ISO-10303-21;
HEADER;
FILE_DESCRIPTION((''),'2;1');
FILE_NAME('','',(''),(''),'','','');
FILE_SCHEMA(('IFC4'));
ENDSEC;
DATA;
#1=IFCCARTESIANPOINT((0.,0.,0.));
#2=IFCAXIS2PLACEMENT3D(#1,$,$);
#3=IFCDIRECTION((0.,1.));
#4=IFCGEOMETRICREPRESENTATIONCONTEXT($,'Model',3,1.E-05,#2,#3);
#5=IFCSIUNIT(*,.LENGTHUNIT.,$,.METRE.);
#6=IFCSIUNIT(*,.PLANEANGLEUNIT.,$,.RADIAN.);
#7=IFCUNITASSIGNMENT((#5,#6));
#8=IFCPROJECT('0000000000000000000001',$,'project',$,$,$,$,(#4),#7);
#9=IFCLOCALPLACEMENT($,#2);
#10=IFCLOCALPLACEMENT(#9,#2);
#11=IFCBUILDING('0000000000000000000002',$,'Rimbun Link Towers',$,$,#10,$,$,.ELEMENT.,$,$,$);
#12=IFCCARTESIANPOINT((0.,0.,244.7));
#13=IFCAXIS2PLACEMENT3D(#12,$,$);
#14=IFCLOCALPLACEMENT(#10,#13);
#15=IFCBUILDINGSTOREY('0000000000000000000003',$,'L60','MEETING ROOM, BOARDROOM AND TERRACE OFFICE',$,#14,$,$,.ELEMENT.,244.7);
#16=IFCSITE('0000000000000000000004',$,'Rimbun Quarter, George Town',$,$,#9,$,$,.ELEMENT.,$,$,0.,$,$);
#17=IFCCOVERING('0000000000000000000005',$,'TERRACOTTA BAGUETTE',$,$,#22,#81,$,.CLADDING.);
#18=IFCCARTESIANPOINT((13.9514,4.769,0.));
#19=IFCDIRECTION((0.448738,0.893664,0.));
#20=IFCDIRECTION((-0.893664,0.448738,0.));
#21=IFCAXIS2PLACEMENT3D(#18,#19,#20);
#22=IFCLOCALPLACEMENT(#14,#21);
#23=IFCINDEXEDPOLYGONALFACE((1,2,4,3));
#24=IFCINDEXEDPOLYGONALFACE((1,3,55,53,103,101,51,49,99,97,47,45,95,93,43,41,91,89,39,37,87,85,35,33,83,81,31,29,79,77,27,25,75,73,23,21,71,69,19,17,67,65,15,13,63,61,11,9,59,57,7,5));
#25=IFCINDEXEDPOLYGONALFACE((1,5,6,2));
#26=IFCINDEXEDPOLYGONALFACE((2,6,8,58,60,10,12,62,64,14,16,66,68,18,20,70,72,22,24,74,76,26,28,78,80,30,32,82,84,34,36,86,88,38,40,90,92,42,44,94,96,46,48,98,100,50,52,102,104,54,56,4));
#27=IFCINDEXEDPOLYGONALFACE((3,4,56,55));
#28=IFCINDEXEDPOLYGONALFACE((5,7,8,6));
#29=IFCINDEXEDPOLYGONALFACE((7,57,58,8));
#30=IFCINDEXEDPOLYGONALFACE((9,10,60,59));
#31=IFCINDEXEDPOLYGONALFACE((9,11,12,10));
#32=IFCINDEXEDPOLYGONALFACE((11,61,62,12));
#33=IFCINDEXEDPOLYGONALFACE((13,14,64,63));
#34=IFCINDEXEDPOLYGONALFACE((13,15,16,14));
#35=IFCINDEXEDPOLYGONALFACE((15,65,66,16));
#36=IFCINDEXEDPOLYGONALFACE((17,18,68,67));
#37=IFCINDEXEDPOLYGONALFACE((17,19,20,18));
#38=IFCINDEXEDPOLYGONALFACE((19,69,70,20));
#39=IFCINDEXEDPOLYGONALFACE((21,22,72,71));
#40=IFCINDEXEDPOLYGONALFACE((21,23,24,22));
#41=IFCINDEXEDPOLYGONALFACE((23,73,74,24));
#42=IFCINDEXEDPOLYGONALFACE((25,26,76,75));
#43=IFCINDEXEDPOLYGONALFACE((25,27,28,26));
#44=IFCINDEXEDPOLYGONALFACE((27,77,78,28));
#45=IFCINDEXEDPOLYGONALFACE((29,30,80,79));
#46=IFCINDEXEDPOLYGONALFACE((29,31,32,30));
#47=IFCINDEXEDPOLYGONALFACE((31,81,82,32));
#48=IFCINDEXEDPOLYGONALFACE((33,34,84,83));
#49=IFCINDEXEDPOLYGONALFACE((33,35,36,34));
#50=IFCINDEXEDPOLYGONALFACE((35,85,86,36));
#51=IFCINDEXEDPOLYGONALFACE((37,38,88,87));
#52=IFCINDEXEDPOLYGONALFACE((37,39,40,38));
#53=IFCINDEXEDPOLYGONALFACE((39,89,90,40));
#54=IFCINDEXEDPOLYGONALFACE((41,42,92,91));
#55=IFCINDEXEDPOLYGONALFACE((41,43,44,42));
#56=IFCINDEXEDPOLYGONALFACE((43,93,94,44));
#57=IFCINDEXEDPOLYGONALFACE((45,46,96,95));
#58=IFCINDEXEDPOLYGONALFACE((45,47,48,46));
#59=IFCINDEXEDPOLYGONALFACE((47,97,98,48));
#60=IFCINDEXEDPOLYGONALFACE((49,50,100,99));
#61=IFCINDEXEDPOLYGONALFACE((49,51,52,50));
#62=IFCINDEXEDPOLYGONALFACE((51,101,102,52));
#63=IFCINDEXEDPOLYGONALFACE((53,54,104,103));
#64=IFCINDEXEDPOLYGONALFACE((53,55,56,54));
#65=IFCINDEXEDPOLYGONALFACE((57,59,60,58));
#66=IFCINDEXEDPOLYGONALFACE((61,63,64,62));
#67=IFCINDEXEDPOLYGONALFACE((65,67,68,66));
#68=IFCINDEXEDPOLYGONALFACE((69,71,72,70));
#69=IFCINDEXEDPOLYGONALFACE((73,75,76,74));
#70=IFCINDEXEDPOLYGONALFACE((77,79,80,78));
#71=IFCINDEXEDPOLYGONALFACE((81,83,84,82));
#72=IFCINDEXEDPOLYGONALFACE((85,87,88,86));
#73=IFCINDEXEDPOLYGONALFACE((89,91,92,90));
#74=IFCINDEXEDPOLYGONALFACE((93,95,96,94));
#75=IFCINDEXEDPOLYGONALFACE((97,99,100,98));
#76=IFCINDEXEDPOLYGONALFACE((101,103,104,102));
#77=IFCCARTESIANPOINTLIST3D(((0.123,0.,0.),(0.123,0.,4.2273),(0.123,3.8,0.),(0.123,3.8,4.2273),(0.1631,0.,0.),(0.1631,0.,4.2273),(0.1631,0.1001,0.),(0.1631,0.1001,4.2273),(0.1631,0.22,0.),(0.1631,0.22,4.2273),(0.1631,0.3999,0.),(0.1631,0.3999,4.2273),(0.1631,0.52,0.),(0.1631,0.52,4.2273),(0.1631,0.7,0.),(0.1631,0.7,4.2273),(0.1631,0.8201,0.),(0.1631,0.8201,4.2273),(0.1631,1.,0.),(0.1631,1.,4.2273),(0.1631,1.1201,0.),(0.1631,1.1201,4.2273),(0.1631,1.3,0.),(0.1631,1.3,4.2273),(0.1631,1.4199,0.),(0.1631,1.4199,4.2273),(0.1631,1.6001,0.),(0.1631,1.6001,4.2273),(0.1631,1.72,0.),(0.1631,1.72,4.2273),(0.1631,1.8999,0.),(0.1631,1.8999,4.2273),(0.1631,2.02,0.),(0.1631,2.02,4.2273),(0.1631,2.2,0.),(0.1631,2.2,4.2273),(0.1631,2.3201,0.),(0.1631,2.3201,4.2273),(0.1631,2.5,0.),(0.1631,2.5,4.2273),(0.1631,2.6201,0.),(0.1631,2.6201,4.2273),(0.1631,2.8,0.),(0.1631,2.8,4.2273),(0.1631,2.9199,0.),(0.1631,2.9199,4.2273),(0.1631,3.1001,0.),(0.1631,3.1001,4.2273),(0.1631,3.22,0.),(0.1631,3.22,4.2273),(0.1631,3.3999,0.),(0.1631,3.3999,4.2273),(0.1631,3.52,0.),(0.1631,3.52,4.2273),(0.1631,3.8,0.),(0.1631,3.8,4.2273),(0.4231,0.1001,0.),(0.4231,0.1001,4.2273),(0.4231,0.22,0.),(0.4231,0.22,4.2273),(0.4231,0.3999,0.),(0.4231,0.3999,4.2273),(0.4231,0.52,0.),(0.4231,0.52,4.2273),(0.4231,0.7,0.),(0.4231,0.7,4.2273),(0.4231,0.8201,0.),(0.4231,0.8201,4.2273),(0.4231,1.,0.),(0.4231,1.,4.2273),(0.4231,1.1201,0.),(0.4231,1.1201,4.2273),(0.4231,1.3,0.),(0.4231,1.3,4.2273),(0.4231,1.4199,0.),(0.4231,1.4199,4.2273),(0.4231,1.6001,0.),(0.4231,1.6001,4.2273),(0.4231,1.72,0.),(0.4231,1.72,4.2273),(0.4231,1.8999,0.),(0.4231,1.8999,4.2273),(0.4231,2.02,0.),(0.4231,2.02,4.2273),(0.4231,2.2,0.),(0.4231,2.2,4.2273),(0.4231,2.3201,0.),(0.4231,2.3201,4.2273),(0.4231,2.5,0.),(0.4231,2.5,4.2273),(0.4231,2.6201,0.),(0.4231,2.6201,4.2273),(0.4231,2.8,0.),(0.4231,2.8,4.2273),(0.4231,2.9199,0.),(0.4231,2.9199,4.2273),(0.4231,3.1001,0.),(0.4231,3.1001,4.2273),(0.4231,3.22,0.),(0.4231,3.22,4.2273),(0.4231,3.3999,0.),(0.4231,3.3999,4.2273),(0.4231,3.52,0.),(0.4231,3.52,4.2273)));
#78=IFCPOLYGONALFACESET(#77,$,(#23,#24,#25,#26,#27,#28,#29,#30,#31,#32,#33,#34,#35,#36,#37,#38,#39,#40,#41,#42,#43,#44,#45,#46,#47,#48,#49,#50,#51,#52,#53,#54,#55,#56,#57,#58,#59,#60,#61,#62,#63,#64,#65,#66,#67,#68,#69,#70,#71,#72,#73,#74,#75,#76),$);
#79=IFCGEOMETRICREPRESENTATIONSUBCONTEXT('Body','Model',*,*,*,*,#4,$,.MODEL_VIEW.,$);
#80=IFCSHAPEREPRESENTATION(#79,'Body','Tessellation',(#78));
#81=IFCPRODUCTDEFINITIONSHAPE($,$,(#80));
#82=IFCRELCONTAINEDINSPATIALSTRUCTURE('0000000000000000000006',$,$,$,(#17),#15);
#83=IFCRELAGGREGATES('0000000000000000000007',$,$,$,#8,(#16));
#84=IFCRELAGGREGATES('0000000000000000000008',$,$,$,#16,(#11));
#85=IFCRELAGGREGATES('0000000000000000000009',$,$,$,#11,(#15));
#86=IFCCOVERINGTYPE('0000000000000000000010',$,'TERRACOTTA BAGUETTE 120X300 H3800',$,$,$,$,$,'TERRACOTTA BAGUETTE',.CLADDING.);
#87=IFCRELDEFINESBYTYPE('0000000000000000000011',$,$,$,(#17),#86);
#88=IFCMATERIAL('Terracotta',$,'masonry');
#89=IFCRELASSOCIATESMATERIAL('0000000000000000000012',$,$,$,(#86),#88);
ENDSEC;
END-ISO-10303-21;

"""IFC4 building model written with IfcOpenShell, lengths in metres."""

from ifc_helpers import new_model, si_unit, direction, frame, origin, place, context, subcontext, project, spatial, polyline, outline, extrude, material, material_profile, profile_set, type_object, element, save


model = new_model("IFC4")

# Units and contexts
model_context = context("Model", 3, precision=1e-05, world=origin(), true_north=direction((0.0, 1.0)))
body_context = subcontext(model_context, "Body", "Model", "MODEL_VIEW")
ifc_project = project(units=[si_unit("LENGTHUNIT", "METRE"), si_unit("PLANEANGLEUNIT", "RADIAN")], contexts=[model_context])

# Site, building, storey
site_placement = place(None, origin())
site = spatial("IfcSite", under=ifc_project, at=site_placement, Name="Rimbun Quarter, George Town", CompositionType="ELEMENT", RefElevation=0.0)
building_placement = place(site_placement, origin())
building = spatial("IfcBuilding", under=site, at=building_placement, Name="Rimbun Link Towers", CompositionType="ELEMENT")
storey_placement = place(building_placement, frame((0.0, 0.0, 244.7)))
storey = spatial("IfcBuildingStorey", under=building, at=storey_placement, Name="L60", Description="MEETING ROOM, BOARDROOM AND TERRACE OFFICE", CompositionType="ELEMENT", Elevation=244.7)

# Covering
ifc_material_1 = material(Name="Terracotta", Category="masonry")
ifc_material_profile_1 = material_profile(ifc_material_1, outline(polyline([(0.123, 0.0), (0.1631, 0.0), (0.1631, 0.1001), (0.4231, 0.1001), (0.4231, 0.22), (0.1631, 0.22), (0.1631, 0.3999), (0.4231, 0.3999), (0.4231, 0.52), (0.1631, 0.52), (0.1631, 0.7), (0.4231, 0.7), (0.4231, 0.8201), (0.1631, 0.8201), (0.1631, 1.0), (0.4231, 1.0), (0.4231, 1.1201), (0.1631, 1.1201), (0.1631, 1.3), (0.4231, 1.3), (0.4231, 1.4199), (0.1631, 1.4199), (0.1631, 1.6001), (0.4231, 1.6001), (0.4231, 1.72), (0.1631, 1.72), (0.1631, 1.8999), (0.4231, 1.8999), (0.4231, 2.02), (0.1631, 2.02), (0.1631, 2.2), (0.4231, 2.2), (0.4231, 2.3201), (0.1631, 2.3201), (0.1631, 2.5), (0.4231, 2.5), (0.4231, 2.6201), (0.1631, 2.6201), (0.1631, 2.8), (0.4231, 2.8), (0.4231, 2.9199), (0.1631, 2.9199), (0.1631, 3.1001), (0.4231, 3.1001), (0.4231, 3.22), (0.1631, 3.22), (0.1631, 3.3999), (0.4231, 3.3999), (0.4231, 3.52), (0.1631, 3.52), (0.1631, 3.8), (0.123, 3.8), (0.123, 0.0)])), Name="BAGUETTE 120X300")
ifc_profile_set_1 = profile_set([ifc_material_profile_1], Name="Terracotta")
covering_type = type_object("IfcCoveringType", Name="TERRACOTTA BAGUETTE 120X300 H3800", ElementType="TERRACOTTA BAGUETTE", PredefinedType="CLADDING", material=ifc_profile_set_1)
covering_placement = place(storey_placement, frame((13.9514, 4.769, 0.0), z_axis=(0.448738, 0.893664, 0.0), x_axis=(-0.893664, 0.448738, 0.0)))
element("IfcCovering", 1, at=covering_placement, inside=storey, type_object=covering_type, Name="TERRACOTTA BAGUETTE", PredefinedType="CLADDING", context=body_context, shape_type="SweptSolid", body=[
    extrude(outline(polyline([(0.123, 0.0), (0.1631, 0.0), (0.1631, 0.1001), (0.4231, 0.1001), (0.4231, 0.22), (0.1631, 0.22), (0.1631, 0.3999), (0.4231, 0.3999), (0.4231, 0.52), (0.1631, 0.52), (0.1631, 0.7), (0.4231, 0.7), (0.4231, 0.8201), (0.1631, 0.8201), (0.1631, 1.0), (0.4231, 1.0), (0.4231, 1.1201), (0.1631, 1.1201), (0.1631, 1.3), (0.4231, 1.3), (0.4231, 1.4199), (0.1631, 1.4199), (0.1631, 1.6001), (0.4231, 1.6001), (0.4231, 1.72), (0.1631, 1.72), (0.1631, 1.8999), (0.4231, 1.8999), (0.4231, 2.02), (0.1631, 2.02), (0.1631, 2.2), (0.4231, 2.2), (0.4231, 2.3201), (0.1631, 2.3201), (0.1631, 2.5), (0.4231, 2.5), (0.4231, 2.6201), (0.1631, 2.6201), (0.1631, 2.8), (0.4231, 2.8), (0.4231, 2.9199), (0.1631, 2.9199), (0.1631, 3.1001), (0.4231, 3.1001), (0.4231, 3.22), (0.1631, 3.22), (0.1631, 3.3999), (0.4231, 3.3999), (0.4231, 3.52), (0.1631, 3.52), (0.1631, 3.8), (0.123, 3.8), (0.123, 0.0)])), origin(), (0.0, 0.0, 1.0), 4.2273),
])

save(model, "model.ifc")
